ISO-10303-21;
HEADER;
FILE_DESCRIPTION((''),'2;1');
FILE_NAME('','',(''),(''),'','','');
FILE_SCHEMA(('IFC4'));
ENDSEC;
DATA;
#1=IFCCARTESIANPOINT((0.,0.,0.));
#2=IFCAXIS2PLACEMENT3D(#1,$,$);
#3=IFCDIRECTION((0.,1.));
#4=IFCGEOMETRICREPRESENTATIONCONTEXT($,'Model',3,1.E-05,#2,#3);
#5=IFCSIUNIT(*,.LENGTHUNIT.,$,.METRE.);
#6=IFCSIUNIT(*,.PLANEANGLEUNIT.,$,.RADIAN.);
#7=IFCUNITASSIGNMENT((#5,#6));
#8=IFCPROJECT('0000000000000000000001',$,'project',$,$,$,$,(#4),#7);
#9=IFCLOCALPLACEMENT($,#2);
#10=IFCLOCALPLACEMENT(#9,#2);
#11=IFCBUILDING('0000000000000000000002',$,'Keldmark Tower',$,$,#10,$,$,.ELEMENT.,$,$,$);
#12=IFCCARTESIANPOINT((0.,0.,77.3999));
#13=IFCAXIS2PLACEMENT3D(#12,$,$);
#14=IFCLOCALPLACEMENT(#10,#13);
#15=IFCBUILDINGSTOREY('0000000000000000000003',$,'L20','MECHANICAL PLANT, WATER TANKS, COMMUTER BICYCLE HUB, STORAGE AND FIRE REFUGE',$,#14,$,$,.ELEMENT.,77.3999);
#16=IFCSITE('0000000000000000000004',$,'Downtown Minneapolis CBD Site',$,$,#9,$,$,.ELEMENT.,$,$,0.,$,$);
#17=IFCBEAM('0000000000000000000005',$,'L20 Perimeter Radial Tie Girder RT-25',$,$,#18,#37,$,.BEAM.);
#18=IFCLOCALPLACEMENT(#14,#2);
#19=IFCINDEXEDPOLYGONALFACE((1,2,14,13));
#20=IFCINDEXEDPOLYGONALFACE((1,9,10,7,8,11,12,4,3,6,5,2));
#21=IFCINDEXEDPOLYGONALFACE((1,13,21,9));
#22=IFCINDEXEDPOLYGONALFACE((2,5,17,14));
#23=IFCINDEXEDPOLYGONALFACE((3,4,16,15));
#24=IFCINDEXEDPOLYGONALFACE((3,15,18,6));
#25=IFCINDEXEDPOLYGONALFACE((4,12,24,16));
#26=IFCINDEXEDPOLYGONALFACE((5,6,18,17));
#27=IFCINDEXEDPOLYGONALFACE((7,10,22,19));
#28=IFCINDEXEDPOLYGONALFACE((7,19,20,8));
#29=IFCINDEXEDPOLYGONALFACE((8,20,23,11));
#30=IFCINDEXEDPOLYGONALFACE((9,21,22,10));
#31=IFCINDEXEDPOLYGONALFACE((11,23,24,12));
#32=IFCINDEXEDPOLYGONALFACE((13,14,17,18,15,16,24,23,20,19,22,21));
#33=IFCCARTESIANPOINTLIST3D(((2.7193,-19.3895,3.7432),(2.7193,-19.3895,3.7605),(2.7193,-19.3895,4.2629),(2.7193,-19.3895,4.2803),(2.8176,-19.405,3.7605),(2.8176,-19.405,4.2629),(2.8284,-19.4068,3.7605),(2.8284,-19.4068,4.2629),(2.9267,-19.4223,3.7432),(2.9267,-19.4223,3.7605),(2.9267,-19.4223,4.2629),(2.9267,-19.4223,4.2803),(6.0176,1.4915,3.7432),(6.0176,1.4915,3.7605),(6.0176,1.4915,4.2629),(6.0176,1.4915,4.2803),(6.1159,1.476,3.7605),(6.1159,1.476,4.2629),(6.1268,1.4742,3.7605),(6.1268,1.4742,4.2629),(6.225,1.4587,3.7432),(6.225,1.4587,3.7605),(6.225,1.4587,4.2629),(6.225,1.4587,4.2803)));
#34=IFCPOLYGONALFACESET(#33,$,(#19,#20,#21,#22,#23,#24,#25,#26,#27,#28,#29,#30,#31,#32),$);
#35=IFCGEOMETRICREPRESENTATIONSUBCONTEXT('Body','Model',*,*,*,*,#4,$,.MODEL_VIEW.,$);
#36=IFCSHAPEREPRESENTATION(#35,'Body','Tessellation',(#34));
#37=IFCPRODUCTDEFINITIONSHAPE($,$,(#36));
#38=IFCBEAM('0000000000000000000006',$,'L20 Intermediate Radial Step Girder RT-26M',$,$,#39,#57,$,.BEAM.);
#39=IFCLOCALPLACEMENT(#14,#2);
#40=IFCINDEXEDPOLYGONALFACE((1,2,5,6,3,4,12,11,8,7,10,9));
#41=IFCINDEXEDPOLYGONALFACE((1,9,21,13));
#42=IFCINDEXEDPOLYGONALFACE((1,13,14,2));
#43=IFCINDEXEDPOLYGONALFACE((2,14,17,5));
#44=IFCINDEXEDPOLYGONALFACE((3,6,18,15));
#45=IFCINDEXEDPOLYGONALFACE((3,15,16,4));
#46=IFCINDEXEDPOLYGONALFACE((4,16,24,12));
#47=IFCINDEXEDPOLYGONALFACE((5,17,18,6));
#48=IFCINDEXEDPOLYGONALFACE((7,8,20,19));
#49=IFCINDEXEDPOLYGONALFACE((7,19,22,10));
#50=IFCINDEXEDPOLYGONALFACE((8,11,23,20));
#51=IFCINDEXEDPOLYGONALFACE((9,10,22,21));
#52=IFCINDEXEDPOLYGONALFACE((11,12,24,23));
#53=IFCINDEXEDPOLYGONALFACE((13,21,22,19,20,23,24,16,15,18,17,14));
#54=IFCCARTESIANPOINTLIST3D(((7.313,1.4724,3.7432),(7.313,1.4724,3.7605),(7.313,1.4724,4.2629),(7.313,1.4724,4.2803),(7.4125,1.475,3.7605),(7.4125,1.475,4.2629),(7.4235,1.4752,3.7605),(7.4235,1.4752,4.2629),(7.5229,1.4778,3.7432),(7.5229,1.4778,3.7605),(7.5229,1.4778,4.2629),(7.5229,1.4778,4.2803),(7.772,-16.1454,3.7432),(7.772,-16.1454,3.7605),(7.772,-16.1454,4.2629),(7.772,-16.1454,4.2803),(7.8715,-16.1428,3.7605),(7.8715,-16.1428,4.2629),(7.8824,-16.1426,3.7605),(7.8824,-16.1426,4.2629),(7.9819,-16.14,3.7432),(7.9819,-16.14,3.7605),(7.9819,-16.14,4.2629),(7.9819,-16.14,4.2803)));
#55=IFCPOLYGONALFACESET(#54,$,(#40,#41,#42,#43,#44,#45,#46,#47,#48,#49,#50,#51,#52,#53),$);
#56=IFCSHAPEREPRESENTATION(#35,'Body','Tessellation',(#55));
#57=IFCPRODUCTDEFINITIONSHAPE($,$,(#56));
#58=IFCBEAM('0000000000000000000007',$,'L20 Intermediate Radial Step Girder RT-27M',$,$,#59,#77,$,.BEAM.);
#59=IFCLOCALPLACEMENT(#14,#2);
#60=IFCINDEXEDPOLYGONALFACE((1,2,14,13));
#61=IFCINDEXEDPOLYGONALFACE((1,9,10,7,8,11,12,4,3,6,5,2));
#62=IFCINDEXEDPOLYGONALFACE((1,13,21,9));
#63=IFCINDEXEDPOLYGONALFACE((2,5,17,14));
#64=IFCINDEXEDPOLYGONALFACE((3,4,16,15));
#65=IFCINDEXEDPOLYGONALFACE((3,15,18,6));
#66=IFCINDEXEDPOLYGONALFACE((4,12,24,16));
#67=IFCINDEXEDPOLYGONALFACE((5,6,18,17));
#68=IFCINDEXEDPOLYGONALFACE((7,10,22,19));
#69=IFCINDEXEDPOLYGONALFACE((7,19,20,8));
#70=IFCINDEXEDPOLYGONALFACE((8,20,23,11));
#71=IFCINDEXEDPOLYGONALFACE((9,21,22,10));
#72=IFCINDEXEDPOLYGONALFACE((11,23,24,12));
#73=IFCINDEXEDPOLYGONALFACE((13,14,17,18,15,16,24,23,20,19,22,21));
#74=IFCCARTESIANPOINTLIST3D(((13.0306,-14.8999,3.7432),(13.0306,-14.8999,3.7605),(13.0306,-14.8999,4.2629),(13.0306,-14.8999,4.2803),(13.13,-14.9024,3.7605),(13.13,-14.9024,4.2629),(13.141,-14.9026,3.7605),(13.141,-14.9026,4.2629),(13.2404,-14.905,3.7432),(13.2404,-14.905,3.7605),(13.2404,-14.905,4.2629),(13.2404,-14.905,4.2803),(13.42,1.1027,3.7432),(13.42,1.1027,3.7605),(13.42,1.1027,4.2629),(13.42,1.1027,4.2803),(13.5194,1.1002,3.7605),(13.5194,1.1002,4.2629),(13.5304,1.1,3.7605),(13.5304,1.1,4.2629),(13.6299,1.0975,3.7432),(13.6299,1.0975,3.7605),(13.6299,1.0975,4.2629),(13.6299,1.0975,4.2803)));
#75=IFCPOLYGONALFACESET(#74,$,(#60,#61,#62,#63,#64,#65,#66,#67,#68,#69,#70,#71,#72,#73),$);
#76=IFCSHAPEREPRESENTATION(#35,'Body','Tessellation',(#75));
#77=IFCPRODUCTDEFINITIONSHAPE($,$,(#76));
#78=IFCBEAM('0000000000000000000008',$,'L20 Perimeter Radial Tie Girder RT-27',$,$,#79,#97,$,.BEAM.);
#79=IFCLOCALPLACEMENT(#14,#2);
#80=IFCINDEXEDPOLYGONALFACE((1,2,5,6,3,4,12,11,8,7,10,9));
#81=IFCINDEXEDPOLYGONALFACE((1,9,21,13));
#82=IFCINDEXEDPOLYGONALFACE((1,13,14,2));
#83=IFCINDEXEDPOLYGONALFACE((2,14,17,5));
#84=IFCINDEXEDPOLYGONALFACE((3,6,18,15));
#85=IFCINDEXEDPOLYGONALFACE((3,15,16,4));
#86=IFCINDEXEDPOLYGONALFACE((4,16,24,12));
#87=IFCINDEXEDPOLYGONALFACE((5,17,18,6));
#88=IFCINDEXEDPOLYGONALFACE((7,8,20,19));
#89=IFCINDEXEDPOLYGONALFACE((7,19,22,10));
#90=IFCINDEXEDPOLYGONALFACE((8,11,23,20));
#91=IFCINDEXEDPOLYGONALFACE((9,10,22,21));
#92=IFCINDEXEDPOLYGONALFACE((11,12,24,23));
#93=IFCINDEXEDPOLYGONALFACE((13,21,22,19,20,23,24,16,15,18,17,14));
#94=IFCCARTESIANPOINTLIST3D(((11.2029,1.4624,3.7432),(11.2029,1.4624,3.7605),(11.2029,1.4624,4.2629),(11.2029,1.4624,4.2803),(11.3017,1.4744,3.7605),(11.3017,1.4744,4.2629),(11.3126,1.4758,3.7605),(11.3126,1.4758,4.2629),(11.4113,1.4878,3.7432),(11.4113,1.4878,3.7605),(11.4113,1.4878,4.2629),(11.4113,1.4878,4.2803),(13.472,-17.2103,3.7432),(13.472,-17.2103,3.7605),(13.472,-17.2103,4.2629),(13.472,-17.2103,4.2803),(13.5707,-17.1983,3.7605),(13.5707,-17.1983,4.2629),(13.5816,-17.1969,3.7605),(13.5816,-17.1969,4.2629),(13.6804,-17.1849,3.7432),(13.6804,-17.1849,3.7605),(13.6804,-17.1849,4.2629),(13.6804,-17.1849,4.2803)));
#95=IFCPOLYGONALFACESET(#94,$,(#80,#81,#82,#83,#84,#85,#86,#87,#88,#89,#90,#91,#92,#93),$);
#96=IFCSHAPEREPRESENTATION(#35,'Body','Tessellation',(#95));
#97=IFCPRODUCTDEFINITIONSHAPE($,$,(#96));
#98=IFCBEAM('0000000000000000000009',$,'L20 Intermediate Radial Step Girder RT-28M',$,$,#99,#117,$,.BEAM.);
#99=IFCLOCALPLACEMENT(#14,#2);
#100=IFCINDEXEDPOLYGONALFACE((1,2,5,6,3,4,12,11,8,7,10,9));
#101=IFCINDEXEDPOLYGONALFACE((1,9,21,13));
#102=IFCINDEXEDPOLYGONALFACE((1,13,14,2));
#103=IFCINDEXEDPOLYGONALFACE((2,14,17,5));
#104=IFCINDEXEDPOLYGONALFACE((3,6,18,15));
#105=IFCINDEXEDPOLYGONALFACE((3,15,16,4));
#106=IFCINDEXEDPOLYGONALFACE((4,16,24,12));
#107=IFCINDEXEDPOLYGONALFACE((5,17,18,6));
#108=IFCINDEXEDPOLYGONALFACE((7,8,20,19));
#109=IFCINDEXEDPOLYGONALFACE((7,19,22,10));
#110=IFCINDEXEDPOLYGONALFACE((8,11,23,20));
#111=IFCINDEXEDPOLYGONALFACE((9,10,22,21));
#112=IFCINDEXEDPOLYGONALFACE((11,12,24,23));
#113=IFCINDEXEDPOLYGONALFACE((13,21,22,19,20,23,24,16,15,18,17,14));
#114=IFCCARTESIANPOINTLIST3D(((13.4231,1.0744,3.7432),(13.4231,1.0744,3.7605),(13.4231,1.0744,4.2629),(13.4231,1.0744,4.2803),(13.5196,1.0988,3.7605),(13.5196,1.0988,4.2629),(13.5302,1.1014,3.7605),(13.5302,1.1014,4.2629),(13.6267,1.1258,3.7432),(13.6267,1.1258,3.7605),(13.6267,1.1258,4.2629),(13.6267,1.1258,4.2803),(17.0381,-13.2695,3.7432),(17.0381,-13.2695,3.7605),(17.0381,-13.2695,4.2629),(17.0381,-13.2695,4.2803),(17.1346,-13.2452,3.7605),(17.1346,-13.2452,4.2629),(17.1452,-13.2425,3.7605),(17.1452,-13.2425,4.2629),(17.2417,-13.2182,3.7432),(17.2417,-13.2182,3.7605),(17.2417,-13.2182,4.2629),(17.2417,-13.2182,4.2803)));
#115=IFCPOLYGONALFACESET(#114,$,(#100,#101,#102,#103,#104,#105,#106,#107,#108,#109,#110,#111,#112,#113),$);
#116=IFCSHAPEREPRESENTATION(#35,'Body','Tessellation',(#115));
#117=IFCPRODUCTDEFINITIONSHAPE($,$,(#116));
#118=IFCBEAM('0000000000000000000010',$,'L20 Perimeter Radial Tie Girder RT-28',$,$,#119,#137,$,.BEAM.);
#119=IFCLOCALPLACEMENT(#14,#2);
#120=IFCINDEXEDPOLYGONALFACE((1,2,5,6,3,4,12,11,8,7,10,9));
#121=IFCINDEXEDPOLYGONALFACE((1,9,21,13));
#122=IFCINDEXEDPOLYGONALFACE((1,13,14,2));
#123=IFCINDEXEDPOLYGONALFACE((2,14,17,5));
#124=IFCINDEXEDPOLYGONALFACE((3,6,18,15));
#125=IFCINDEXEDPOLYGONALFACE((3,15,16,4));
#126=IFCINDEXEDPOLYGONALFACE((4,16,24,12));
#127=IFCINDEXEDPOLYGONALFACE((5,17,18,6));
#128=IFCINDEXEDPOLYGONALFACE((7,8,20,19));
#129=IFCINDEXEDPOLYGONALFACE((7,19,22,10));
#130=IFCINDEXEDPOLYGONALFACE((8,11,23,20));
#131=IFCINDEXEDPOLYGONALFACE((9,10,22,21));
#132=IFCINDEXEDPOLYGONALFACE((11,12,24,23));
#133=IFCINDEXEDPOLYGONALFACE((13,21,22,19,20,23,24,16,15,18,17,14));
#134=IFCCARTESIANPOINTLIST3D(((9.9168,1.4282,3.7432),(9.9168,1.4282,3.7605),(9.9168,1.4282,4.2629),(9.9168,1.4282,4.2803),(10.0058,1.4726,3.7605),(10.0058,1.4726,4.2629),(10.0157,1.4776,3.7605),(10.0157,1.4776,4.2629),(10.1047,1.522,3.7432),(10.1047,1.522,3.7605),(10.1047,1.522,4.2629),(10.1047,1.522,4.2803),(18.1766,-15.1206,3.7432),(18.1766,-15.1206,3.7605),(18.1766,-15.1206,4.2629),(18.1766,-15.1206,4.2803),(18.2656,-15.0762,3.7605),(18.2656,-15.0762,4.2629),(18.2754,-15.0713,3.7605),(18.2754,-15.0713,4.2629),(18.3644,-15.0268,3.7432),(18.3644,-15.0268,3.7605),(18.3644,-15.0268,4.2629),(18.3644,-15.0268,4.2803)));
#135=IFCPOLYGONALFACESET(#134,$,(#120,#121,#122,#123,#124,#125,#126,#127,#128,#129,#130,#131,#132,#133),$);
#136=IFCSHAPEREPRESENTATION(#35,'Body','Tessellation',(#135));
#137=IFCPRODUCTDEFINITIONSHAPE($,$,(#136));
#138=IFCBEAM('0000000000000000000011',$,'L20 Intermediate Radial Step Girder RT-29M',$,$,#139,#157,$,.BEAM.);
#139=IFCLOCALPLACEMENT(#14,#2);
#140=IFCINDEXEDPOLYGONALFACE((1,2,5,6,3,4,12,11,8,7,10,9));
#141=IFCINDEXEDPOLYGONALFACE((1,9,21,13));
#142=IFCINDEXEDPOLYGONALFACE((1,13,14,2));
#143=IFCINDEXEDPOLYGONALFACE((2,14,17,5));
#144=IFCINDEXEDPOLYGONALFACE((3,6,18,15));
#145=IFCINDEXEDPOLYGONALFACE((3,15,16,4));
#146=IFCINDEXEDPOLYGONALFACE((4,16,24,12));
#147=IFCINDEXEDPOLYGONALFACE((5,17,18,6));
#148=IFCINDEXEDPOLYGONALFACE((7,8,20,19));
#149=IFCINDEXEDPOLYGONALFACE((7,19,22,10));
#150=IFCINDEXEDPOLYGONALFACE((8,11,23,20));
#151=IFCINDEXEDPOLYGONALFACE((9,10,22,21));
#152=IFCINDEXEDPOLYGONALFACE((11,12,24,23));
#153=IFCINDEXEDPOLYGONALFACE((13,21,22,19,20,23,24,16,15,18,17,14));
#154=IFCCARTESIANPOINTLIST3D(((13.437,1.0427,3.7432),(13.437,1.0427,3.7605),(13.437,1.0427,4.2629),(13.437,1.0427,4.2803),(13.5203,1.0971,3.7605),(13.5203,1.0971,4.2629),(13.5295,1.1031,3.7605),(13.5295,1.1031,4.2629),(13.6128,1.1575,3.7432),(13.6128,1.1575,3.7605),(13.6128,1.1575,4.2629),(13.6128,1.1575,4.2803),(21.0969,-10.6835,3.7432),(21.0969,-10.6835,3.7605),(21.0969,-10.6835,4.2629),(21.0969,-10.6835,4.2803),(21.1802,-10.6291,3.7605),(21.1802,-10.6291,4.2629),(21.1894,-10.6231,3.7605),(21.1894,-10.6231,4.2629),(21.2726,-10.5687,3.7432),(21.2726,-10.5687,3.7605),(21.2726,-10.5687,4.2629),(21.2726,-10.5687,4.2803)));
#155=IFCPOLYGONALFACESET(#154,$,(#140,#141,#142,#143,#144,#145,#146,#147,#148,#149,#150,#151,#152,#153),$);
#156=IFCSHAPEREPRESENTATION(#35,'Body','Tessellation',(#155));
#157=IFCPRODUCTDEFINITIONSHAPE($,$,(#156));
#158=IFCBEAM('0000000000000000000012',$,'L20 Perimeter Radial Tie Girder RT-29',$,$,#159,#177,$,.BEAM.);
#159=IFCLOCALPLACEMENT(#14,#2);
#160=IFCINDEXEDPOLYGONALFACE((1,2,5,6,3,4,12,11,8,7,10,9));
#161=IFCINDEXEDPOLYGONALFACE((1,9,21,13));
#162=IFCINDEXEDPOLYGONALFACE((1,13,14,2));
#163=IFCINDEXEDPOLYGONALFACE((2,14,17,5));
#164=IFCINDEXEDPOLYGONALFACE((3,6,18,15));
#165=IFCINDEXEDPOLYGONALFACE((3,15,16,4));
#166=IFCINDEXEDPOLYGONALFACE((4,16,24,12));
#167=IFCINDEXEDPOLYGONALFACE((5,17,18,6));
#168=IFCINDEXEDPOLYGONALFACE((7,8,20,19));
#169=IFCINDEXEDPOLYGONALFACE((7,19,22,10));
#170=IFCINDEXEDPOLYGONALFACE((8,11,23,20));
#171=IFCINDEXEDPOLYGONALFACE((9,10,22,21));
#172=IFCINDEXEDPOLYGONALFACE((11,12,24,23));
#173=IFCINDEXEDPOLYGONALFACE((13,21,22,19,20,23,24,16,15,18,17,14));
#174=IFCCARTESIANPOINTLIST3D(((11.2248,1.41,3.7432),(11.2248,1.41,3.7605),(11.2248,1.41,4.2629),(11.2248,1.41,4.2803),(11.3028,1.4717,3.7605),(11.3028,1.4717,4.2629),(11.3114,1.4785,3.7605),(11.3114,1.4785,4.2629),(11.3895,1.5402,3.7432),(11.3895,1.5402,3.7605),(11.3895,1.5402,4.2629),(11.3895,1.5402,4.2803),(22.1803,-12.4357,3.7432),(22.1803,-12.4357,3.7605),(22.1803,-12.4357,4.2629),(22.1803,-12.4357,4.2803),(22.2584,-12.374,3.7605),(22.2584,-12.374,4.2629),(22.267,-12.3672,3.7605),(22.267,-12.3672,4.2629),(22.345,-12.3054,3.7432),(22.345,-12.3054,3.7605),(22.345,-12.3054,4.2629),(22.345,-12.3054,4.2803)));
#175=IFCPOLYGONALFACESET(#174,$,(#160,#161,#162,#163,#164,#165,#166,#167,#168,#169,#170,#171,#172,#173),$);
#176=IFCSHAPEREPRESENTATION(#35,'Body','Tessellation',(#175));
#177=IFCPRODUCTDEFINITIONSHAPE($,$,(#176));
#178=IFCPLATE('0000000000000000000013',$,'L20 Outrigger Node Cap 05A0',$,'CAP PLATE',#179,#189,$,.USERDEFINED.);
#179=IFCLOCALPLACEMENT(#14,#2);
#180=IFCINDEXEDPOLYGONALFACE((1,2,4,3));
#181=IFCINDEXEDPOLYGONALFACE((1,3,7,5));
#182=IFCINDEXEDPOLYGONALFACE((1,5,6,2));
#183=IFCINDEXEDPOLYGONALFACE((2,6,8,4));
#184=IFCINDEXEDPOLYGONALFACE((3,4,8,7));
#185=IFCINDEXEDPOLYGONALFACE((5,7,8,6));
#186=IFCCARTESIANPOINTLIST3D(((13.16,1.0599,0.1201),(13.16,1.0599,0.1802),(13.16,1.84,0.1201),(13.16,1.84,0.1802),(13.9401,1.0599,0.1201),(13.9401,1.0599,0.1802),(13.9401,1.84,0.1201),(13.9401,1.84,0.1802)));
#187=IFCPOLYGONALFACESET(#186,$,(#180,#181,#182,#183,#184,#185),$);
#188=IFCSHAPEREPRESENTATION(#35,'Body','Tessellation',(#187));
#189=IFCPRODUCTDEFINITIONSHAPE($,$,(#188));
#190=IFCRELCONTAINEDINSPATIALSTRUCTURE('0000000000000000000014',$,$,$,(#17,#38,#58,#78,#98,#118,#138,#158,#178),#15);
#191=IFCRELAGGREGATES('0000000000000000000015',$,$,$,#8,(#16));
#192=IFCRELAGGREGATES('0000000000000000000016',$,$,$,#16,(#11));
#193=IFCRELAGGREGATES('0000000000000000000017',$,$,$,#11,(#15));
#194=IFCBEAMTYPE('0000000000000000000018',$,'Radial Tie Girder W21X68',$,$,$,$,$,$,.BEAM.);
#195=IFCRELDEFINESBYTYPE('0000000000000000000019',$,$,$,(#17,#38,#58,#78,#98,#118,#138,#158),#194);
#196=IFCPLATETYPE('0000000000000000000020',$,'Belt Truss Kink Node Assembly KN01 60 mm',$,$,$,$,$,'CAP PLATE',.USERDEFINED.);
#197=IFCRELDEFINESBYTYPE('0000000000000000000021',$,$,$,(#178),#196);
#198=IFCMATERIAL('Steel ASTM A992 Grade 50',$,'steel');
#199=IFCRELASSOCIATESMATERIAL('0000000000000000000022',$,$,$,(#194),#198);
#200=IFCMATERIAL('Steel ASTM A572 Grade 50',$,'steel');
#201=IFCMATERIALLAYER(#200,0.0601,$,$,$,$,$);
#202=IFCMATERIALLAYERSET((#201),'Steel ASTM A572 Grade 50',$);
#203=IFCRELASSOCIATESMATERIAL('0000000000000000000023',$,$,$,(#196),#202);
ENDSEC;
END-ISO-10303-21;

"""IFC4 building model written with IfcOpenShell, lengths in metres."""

from ifc_helpers import new_model, si_unit, direction, frame, origin, origin_2d, place, context, subcontext, project, spatial, rectangle, i_section, extrude, material, layer, layer_set, material_profile, profile_set, type_object, element, save


model = new_model("IFC4")

# Units and contexts
model_context = context("Model", 3, precision=1e-05, world=origin(), true_north=direction((0.0, 1.0)))
body_context = subcontext(model_context, "Body", "Model", "MODEL_VIEW")
ifc_project = project(units=[si_unit("LENGTHUNIT", "METRE"), si_unit("PLANEANGLEUNIT", "RADIAN")], contexts=[model_context])

# Site, building, storey
site_placement = place(None, origin())
site = spatial("IfcSite", under=ifc_project, at=site_placement, Name="Downtown Minneapolis CBD Site", CompositionType="ELEMENT", RefElevation=0.0)
building_placement = place(site_placement, origin())
building = spatial("IfcBuilding", under=site, at=building_placement, Name="Keldmark Tower", CompositionType="ELEMENT")
storey_placement = place(building_placement, frame((0.0, 0.0, 77.3999)))
storey = spatial("IfcBuildingStorey", under=building, at=storey_placement, Name="L20", Description="MECHANICAL PLANT, WATER TANKS, COMMUTER BICYCLE HUB, STORAGE AND FIRE REFUGE", CompositionType="ELEMENT", Elevation=77.3999)

# Beams
ifc_material_1 = material(Name="Steel ASTM A992 Grade 50", Category="steel")
ifc_material_profile_1 = material_profile(ifc_material_1, i_section(OverallWidth=0.21, OverallDepth=0.5371, WebThickness=0.011, FlangeThickness=0.0173, at=origin_2d()), Name="W21X68")
ifc_profile_set_1 = profile_set([ifc_material_profile_1], Name="Steel ASTM A992 Grade 50")
beam_type = type_object("IfcBeamType", Name="Radial Tie Girder W21X68", PredefinedType="BEAM", material=ifc_profile_set_1)
beam_1_placement = place(storey_placement, frame((6.1213, 1.4751, 4.0117), z_axis=(-0.156024, -0.987753, 0.0), x_axis=(0.987753, -0.156024, 0.0)))
element("IfcBeam", 1, at=beam_1_placement, inside=storey, type_object=beam_type, Name="L20 Perimeter Radial Tie Girder RT-25", PredefinedType="BEAM", context=body_context, shape_type="SweptSolid", body=[
    extrude(i_section(OverallWidth=0.21, OverallDepth=0.5371, WebThickness=0.011, FlangeThickness=0.0173, at=origin_2d()), origin(), (0.0, 0.0, 1.0), 21.1399),
])
beam_2_placement = place(storey_placement, frame((7.418, 1.4751, 4.0117), z_axis=(0.026043, -0.999661, 0.0), x_axis=(0.999661, 0.026043, 0.0)))
element("IfcBeam", 2, at=beam_2_placement, inside=storey, type_object=beam_type, Name="L20 Intermediate Radial Step Girder RT-26M", PredefinedType="BEAM", context=body_context, shape_type="SweptSolid", body=[
    extrude(i_section(OverallWidth=0.21, OverallDepth=0.5371, WebThickness=0.011, FlangeThickness=0.0173, at=origin_2d()), origin(), (0.0, 0.0, 1.0), 17.6238),
])
beam_3_placement = place(storey_placement, frame((13.5249, 1.1001, 4.0117), z_axis=(-0.024326, -0.999704, 0.0), x_axis=(0.999704, -0.024326, 0.0)))
element("IfcBeam", 3, at=beam_3_placement, inside=storey, type_object=beam_type, Name="L20 Intermediate Radial Step Girder RT-27M", PredefinedType="BEAM", context=body_context, shape_type="SweptSolid", body=[
    extrude(i_section(OverallWidth=0.21, OverallDepth=0.5371, WebThickness=0.011, FlangeThickness=0.0173, at=origin_2d()), origin(), (0.0, 0.0, 1.0), 16.0073),
])
beam_4_placement = place(storey_placement, frame((11.3071, 1.4751, 4.0117), z_axis=(0.12063, -0.992698, 0.0), x_axis=(0.992698, 0.12063, 0.0)))
element("IfcBeam", 4, at=beam_4_placement, inside=storey, type_object=beam_type, Name="L20 Perimeter Radial Tie Girder RT-27", PredefinedType="BEAM", context=body_context, shape_type="SweptSolid", body=[
    extrude(i_section(OverallWidth=0.21, OverallDepth=0.5371, WebThickness=0.011, FlangeThickness=0.0173, at=origin_2d()), origin(), (0.0, 0.0, 1.0), 18.8101),
])
beam_5_placement = place(storey_placement, frame((13.5249, 1.1001, 4.0117), z_axis=(0.24438, -0.96968, 0.0), x_axis=(0.96968, 0.24438, 0.0)))
element("IfcBeam", 5, at=beam_5_placement, inside=storey, type_object=beam_type, Name="L20 Intermediate Radial Step Girder RT-28M", PredefinedType="BEAM", context=body_context, shape_type="SweptSolid", body=[
    extrude(i_section(OverallWidth=0.21, OverallDepth=0.5371, WebThickness=0.011, FlangeThickness=0.0173, at=origin_2d()), origin(), (0.0, 0.0, 1.0), 14.7925),
])
beam_6_placement = place(storey_placement, frame((10.0107, 1.4751, 4.0117), z_axis=(0.44658, -0.894744, 0.0), x_axis=(0.894744, 0.44658, 0.0)))
element("IfcBeam", 6, at=beam_6_placement, inside=storey, type_object=beam_type, Name="L20 Perimeter Radial Tie Girder RT-28", PredefinedType="BEAM", context=body_context, shape_type="SweptSolid", body=[
    extrude(i_section(OverallWidth=0.21, OverallDepth=0.5371, WebThickness=0.011, FlangeThickness=0.0173, at=origin_2d()), origin(), (0.0, 0.0, 1.0), 18.4956),
])
beam_7_placement = place(storey_placement, frame((13.5249, 1.1001, 4.0117), z_axis=(0.546884, -0.837208, 0.0), x_axis=(0.837208, 0.546884, 0.0)))
element("IfcBeam", 7, at=beam_7_placement, inside=storey, type_object=beam_type, Name="L20 Intermediate Radial Step Girder RT-29M", PredefinedType="BEAM", context=body_context, shape_type="SweptSolid", body=[
    extrude(i_section(OverallWidth=0.21, OverallDepth=0.5371, WebThickness=0.011, FlangeThickness=0.0173, at=origin_2d()), origin(), (0.0, 0.0, 1.0), 14.0063),
])
beam_8_placement = place(storey_placement, frame((11.3071, 1.4751, 4.0117), z_axis=(0.620507, -0.784201, 0.0), x_axis=(0.784201, 0.620507, 0.0)))
element("IfcBeam", 8, at=beam_8_placement, inside=storey, type_object=beam_type, Name="L20 Perimeter Radial Tie Girder RT-29", PredefinedType="BEAM", context=body_context, shape_type="SweptSolid", body=[
    extrude(i_section(OverallWidth=0.21, OverallDepth=0.5371, WebThickness=0.011, FlangeThickness=0.0173, at=origin_2d()), origin(), (0.0, 0.0, 1.0), 17.6558),
])

# Plate
ifc_material_2 = material(Name="Steel ASTM A572 Grade 50", Category="steel")
ifc_layer_1 = layer(ifc_material_2, 0.0601)
ifc_layer_set_1 = layer_set([ifc_layer_1], Name="Steel ASTM A572 Grade 50")
plate_type = type_object("IfcPlateType", Name="Belt Truss Kink Node Assembly KN01 60 mm", ElementType="CAP PLATE", PredefinedType="USERDEFINED", material=ifc_layer_set_1)
plate_placement = place(storey_placement, frame((13.55, 1.45, 0.1201), z_axis=(0.0, 0.0, 1.0), x_axis=(1.0, 0.0, 0.0)))
element("IfcPlate", 9, at=plate_placement, inside=storey, type_object=plate_type, Name="L20 Outrigger Node Cap 05A0", ObjectType="CAP PLATE", PredefinedType="USERDEFINED", context=body_context, shape_type="SweptSolid", body=[
    extrude(rectangle(XDim=0.78, YDim=0.78, at=origin_2d()), origin(), (0.0, 0.0, 1.0), 0.0601),
])

save(model, "model.ifc")
